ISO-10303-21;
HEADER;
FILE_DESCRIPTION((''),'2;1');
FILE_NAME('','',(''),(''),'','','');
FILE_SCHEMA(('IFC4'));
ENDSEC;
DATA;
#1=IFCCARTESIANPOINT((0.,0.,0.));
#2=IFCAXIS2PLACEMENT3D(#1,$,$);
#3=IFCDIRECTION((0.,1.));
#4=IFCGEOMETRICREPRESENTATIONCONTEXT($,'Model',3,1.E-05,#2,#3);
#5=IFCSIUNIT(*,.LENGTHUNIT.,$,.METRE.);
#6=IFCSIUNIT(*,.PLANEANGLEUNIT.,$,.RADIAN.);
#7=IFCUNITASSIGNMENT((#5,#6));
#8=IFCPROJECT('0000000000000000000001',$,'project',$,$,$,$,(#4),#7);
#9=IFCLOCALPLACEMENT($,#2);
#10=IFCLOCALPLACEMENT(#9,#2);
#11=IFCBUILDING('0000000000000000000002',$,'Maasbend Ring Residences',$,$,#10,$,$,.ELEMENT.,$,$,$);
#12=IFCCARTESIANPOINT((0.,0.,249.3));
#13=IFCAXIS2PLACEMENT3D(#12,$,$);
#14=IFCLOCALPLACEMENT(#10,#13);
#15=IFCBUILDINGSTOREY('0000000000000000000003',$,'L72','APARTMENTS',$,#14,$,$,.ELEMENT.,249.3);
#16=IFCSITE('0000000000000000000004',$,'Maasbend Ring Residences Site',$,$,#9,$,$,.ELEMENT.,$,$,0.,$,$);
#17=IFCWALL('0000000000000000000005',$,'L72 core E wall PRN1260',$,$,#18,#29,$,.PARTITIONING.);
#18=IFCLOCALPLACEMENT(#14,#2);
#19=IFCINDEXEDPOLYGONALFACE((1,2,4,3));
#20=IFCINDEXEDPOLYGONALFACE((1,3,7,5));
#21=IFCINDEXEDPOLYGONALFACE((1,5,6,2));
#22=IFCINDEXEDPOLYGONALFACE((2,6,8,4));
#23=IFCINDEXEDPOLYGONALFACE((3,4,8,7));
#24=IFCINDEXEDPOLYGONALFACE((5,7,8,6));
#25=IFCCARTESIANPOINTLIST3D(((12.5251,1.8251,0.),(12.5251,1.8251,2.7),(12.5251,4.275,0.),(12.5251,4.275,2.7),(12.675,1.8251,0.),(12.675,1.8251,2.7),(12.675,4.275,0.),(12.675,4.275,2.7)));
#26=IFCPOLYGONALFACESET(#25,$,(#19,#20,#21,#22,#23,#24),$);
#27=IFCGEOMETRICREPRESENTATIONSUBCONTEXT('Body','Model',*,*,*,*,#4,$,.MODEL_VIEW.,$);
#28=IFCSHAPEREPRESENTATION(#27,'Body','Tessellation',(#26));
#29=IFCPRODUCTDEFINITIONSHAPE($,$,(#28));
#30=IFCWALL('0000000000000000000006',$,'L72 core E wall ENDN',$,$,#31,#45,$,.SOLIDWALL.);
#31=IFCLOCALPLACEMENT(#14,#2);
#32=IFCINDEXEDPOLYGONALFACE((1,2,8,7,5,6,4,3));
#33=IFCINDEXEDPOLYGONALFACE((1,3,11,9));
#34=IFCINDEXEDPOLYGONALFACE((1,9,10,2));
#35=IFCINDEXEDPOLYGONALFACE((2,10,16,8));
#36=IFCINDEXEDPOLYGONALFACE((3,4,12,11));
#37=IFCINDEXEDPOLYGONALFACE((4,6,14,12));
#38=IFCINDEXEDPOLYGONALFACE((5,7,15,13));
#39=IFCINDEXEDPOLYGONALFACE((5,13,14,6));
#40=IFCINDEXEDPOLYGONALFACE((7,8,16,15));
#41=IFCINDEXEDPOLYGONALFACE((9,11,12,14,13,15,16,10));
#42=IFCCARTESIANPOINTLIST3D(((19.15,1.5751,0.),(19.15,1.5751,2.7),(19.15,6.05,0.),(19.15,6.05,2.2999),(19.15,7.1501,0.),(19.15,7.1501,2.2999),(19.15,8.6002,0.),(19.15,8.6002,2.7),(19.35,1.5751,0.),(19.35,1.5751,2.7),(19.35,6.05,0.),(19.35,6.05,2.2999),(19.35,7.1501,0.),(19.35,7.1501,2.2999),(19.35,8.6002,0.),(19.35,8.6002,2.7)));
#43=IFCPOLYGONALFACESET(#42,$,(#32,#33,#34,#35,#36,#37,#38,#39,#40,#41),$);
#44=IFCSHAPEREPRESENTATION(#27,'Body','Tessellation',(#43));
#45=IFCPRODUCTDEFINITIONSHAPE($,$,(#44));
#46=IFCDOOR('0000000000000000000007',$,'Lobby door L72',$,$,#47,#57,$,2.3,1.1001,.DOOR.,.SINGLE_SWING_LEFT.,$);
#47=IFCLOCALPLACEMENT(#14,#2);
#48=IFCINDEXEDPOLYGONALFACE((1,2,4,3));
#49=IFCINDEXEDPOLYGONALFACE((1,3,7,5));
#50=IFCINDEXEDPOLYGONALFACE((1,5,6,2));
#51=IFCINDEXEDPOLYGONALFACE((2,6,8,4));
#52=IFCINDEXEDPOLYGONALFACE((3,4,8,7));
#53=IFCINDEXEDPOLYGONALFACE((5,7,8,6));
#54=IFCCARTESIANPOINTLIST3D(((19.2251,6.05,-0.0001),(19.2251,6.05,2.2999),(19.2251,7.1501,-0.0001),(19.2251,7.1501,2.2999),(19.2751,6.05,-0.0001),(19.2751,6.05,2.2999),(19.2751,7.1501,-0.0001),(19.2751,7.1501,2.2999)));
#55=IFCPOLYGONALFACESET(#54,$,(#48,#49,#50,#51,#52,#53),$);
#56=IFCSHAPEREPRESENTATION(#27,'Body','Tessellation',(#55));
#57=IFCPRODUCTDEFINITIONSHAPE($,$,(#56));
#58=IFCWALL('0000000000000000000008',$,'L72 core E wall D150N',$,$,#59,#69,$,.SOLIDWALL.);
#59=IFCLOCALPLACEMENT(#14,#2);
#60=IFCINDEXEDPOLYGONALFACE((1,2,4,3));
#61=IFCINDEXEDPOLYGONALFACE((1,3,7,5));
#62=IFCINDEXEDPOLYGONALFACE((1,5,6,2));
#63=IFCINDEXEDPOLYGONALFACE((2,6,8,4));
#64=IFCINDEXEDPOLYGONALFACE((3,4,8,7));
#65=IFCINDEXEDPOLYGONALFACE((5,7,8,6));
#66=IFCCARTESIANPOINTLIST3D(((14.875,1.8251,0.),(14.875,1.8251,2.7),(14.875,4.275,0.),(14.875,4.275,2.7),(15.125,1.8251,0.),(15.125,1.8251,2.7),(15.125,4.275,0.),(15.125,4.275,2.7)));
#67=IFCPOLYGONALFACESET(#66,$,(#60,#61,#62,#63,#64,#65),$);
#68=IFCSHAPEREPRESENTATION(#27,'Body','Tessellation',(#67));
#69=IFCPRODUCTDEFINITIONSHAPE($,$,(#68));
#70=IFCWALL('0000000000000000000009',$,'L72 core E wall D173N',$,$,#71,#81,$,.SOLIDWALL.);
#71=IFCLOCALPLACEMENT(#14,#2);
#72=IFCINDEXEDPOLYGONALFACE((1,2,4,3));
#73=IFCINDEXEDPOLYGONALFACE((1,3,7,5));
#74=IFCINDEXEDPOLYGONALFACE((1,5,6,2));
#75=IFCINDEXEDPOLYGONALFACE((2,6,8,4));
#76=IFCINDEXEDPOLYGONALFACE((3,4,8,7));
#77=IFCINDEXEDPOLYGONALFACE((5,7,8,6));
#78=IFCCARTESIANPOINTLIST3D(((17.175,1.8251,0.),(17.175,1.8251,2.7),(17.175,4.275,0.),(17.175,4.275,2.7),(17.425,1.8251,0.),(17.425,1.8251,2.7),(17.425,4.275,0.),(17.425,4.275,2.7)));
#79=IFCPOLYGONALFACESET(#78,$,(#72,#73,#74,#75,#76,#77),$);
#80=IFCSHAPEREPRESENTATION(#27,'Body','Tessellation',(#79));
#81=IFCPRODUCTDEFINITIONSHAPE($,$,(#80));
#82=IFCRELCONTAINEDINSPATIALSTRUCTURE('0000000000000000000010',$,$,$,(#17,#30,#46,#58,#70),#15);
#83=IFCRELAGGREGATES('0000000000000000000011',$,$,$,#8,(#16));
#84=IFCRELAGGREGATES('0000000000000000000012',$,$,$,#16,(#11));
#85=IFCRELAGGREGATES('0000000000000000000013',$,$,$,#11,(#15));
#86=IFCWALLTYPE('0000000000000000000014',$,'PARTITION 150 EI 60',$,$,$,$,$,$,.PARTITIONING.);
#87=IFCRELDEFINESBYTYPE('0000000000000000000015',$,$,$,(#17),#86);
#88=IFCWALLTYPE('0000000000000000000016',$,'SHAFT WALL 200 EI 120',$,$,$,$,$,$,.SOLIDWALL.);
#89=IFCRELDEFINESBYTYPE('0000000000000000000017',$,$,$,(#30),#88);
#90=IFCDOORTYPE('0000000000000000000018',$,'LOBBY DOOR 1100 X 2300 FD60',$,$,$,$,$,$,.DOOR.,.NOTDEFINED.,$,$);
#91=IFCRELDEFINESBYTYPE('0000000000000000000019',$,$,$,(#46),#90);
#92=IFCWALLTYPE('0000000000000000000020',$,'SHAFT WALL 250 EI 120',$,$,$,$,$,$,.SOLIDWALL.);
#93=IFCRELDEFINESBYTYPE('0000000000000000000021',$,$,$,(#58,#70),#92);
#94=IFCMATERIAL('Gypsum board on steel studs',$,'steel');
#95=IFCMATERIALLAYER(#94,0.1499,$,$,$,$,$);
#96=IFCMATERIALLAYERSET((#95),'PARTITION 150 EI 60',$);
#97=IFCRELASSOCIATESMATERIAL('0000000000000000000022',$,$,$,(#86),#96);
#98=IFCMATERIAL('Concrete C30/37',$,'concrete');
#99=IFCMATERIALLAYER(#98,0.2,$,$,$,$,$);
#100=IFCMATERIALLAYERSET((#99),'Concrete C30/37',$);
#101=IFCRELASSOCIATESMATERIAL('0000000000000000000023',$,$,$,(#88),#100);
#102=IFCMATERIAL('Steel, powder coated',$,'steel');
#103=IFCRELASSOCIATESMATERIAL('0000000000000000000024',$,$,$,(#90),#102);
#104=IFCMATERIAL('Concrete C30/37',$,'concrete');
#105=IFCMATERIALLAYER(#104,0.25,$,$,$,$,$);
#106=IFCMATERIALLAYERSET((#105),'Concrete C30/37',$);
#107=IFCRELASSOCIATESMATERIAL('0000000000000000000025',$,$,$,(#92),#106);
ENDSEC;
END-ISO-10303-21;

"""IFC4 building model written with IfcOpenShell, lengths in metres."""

from ifc_helpers import new_model, si_unit, direction, frame, frame_2d, origin, place, context, subcontext, project, spatial, rectangle, extrude, material, layer, layer_set, type_object, element, fill, save


model = new_model("IFC4")

# Units and contexts
model_context = context("Model", 3, precision=1e-05, world=origin(), true_north=direction((0.0, 1.0)))
body_context = subcontext(model_context, "Body", "Model", "MODEL_VIEW")
ifc_project = project(units=[si_unit("LENGTHUNIT", "METRE"), si_unit("PLANEANGLEUNIT", "RADIAN")], contexts=[model_context])

# Site, building, storey
site_placement = place(None, origin())
site = spatial("IfcSite", under=ifc_project, at=site_placement, Name="Maasbend Ring Residences Site", CompositionType="ELEMENT", RefElevation=0.0)
building_placement = place(site_placement, origin())
building = spatial("IfcBuilding", under=site, at=building_placement, Name="Maasbend Ring Residences", CompositionType="ELEMENT")
storey_placement = place(building_placement, frame((0.0, 0.0, 249.3)))
storey = spatial("IfcBuildingStorey", under=building, at=storey_placement, Name="L72", Description="APARTMENTS", CompositionType="ELEMENT", Elevation=249.3)

# Wall
ifc_material_1 = material(Name="Gypsum board on steel studs", Category="steel")
ifc_layer_1 = layer(ifc_material_1, 0.1499)
ifc_layer_set_1 = layer_set([ifc_layer_1], Name="PARTITION 150 EI 60")
wall_type_1 = type_object("IfcWallType", Name="PARTITION 150 EI 60", PredefinedType="PARTITIONING", material=ifc_layer_set_1)
wall_1_placement = place(storey_placement, frame((12.6001, 1.825, 0.0), z_axis=(0.0, 0.0, 1.0), x_axis=(0.0, 1.0, 0.0)))
element("IfcWall", 1, at=wall_1_placement, inside=storey, type_object=wall_type_1, Name="L72 core E wall PRN1260", PredefinedType="PARTITIONING", context=body_context, shape_type="SweptSolid", body=[
    extrude(rectangle(XDim=2.45, YDim=0.1499, at=frame_2d((1.2251, 0.0))), origin(), (0.0, 0.0, 1.0), 2.7),
])

# Wall, opening, door
ifc_material_2 = material(Name="Concrete C30/37", Category="concrete")
ifc_layer_2 = layer(ifc_material_2, 0.2)
ifc_layer_set_2 = layer_set([ifc_layer_2], Name="Concrete C30/37")
wall_type_2 = type_object("IfcWallType", Name="SHAFT WALL 200 EI 120", PredefinedType="SOLIDWALL", material=ifc_layer_set_2)
wall_2_placement = place(storey_placement, frame((19.25, 1.575, 0.0), z_axis=(0.0, 0.0, 1.0), x_axis=(0.0, 1.0, 0.0)))
wall_2 = element("IfcWall", 2, at=wall_2_placement, inside=storey, type_object=wall_type_2, Name="L72 core E wall ENDN", PredefinedType="SOLIDWALL", context=body_context, shape_type="SweptSolid", body=[
    extrude(rectangle(XDim=7.0251, YDim=0.2, at=frame_2d((3.5127, 0.0))), origin(), (0.0, 0.0, 1.0), 2.7),
])
opening_1_placement = place(wall_2_placement, frame((4.4751, 0.0, 0.0)))
opening_1 = element("IfcOpeningElement", 3, at=opening_1_placement, cuts=wall_2, PredefinedType="OPENING", context=body_context, shape_type="SweptSolid", body=[
    extrude(rectangle(XDim=1.1001, YDim=2.3, at=frame_2d((0.55, 1.1499))), frame((0.0, 0.1099, 0.0), z_axis=(0.0, -1.0, 0.0), x_axis=(1.0, 0.0, 0.0)), (0.0, 0.0, 1.0), 0.22),
])
ifc_material_3 = material(Name="Steel, powder coated", Category="steel")
door_type_1 = type_object("IfcDoorType", Name="LOBBY DOOR 1100 X 2300 FD60", OperationType="NOTDEFINED", PredefinedType="DOOR", material=ifc_material_3)
door_1_placement = place(opening_1_placement, origin())
door_1 = element("IfcDoor", 4, at=door_1_placement, inside=storey, type_object=door_type_1, Name="Lobby door L72", OperationType="SINGLE_SWING_LEFT", OverallHeight=2.3, OverallWidth=1.1001, PredefinedType="DOOR", context=body_context, shape_type="SweptSolid", body=[
    extrude(rectangle(XDim=1.1001, YDim=2.3, at=frame_2d((0.55, 1.1499))), frame((0.0, 0.0249, 0.0), z_axis=(0.0, -1.0, 0.0), x_axis=(1.0, 0.0, 0.0)), (0.0, 0.0, 1.0), 0.05),
])
fill(opening_1, door_1)

# Walls
ifc_material_4 = material(Name="Concrete C30/37", Category="concrete")
ifc_layer_3 = layer(ifc_material_4, 0.25)
ifc_layer_set_3 = layer_set([ifc_layer_3], Name="Concrete C30/37")
wall_type_3 = type_object("IfcWallType", Name="SHAFT WALL 250 EI 120", PredefinedType="SOLIDWALL", material=ifc_layer_set_3)
for number, where, z_axis, x_axis, name in (
    (5, (15.0, 1.825, 0.0), (0.0, 0.0, 1.0), (0.0, 1.0, 0.0), "L72 core E wall D150N"),
    (6, (17.3, 1.825, 0.0), (0.0, 0.0, 1.0), (0.0, 1.0, 0.0), "L72 core E wall D173N"),
):
    element("IfcWall", number, at=place(storey_placement, frame(where, z_axis=z_axis, x_axis=x_axis)), inside=storey, type_object=wall_type_3, Name=name, PredefinedType="SOLIDWALL", context=body_context, shape_type="SweptSolid", body=[
        extrude(rectangle(XDim=2.45, YDim=0.25, at=frame_2d((1.2251, 0.0))), origin(), (0.0, 0.0, 1.0), 2.7),
    ])

save(model, "model.ifc")
